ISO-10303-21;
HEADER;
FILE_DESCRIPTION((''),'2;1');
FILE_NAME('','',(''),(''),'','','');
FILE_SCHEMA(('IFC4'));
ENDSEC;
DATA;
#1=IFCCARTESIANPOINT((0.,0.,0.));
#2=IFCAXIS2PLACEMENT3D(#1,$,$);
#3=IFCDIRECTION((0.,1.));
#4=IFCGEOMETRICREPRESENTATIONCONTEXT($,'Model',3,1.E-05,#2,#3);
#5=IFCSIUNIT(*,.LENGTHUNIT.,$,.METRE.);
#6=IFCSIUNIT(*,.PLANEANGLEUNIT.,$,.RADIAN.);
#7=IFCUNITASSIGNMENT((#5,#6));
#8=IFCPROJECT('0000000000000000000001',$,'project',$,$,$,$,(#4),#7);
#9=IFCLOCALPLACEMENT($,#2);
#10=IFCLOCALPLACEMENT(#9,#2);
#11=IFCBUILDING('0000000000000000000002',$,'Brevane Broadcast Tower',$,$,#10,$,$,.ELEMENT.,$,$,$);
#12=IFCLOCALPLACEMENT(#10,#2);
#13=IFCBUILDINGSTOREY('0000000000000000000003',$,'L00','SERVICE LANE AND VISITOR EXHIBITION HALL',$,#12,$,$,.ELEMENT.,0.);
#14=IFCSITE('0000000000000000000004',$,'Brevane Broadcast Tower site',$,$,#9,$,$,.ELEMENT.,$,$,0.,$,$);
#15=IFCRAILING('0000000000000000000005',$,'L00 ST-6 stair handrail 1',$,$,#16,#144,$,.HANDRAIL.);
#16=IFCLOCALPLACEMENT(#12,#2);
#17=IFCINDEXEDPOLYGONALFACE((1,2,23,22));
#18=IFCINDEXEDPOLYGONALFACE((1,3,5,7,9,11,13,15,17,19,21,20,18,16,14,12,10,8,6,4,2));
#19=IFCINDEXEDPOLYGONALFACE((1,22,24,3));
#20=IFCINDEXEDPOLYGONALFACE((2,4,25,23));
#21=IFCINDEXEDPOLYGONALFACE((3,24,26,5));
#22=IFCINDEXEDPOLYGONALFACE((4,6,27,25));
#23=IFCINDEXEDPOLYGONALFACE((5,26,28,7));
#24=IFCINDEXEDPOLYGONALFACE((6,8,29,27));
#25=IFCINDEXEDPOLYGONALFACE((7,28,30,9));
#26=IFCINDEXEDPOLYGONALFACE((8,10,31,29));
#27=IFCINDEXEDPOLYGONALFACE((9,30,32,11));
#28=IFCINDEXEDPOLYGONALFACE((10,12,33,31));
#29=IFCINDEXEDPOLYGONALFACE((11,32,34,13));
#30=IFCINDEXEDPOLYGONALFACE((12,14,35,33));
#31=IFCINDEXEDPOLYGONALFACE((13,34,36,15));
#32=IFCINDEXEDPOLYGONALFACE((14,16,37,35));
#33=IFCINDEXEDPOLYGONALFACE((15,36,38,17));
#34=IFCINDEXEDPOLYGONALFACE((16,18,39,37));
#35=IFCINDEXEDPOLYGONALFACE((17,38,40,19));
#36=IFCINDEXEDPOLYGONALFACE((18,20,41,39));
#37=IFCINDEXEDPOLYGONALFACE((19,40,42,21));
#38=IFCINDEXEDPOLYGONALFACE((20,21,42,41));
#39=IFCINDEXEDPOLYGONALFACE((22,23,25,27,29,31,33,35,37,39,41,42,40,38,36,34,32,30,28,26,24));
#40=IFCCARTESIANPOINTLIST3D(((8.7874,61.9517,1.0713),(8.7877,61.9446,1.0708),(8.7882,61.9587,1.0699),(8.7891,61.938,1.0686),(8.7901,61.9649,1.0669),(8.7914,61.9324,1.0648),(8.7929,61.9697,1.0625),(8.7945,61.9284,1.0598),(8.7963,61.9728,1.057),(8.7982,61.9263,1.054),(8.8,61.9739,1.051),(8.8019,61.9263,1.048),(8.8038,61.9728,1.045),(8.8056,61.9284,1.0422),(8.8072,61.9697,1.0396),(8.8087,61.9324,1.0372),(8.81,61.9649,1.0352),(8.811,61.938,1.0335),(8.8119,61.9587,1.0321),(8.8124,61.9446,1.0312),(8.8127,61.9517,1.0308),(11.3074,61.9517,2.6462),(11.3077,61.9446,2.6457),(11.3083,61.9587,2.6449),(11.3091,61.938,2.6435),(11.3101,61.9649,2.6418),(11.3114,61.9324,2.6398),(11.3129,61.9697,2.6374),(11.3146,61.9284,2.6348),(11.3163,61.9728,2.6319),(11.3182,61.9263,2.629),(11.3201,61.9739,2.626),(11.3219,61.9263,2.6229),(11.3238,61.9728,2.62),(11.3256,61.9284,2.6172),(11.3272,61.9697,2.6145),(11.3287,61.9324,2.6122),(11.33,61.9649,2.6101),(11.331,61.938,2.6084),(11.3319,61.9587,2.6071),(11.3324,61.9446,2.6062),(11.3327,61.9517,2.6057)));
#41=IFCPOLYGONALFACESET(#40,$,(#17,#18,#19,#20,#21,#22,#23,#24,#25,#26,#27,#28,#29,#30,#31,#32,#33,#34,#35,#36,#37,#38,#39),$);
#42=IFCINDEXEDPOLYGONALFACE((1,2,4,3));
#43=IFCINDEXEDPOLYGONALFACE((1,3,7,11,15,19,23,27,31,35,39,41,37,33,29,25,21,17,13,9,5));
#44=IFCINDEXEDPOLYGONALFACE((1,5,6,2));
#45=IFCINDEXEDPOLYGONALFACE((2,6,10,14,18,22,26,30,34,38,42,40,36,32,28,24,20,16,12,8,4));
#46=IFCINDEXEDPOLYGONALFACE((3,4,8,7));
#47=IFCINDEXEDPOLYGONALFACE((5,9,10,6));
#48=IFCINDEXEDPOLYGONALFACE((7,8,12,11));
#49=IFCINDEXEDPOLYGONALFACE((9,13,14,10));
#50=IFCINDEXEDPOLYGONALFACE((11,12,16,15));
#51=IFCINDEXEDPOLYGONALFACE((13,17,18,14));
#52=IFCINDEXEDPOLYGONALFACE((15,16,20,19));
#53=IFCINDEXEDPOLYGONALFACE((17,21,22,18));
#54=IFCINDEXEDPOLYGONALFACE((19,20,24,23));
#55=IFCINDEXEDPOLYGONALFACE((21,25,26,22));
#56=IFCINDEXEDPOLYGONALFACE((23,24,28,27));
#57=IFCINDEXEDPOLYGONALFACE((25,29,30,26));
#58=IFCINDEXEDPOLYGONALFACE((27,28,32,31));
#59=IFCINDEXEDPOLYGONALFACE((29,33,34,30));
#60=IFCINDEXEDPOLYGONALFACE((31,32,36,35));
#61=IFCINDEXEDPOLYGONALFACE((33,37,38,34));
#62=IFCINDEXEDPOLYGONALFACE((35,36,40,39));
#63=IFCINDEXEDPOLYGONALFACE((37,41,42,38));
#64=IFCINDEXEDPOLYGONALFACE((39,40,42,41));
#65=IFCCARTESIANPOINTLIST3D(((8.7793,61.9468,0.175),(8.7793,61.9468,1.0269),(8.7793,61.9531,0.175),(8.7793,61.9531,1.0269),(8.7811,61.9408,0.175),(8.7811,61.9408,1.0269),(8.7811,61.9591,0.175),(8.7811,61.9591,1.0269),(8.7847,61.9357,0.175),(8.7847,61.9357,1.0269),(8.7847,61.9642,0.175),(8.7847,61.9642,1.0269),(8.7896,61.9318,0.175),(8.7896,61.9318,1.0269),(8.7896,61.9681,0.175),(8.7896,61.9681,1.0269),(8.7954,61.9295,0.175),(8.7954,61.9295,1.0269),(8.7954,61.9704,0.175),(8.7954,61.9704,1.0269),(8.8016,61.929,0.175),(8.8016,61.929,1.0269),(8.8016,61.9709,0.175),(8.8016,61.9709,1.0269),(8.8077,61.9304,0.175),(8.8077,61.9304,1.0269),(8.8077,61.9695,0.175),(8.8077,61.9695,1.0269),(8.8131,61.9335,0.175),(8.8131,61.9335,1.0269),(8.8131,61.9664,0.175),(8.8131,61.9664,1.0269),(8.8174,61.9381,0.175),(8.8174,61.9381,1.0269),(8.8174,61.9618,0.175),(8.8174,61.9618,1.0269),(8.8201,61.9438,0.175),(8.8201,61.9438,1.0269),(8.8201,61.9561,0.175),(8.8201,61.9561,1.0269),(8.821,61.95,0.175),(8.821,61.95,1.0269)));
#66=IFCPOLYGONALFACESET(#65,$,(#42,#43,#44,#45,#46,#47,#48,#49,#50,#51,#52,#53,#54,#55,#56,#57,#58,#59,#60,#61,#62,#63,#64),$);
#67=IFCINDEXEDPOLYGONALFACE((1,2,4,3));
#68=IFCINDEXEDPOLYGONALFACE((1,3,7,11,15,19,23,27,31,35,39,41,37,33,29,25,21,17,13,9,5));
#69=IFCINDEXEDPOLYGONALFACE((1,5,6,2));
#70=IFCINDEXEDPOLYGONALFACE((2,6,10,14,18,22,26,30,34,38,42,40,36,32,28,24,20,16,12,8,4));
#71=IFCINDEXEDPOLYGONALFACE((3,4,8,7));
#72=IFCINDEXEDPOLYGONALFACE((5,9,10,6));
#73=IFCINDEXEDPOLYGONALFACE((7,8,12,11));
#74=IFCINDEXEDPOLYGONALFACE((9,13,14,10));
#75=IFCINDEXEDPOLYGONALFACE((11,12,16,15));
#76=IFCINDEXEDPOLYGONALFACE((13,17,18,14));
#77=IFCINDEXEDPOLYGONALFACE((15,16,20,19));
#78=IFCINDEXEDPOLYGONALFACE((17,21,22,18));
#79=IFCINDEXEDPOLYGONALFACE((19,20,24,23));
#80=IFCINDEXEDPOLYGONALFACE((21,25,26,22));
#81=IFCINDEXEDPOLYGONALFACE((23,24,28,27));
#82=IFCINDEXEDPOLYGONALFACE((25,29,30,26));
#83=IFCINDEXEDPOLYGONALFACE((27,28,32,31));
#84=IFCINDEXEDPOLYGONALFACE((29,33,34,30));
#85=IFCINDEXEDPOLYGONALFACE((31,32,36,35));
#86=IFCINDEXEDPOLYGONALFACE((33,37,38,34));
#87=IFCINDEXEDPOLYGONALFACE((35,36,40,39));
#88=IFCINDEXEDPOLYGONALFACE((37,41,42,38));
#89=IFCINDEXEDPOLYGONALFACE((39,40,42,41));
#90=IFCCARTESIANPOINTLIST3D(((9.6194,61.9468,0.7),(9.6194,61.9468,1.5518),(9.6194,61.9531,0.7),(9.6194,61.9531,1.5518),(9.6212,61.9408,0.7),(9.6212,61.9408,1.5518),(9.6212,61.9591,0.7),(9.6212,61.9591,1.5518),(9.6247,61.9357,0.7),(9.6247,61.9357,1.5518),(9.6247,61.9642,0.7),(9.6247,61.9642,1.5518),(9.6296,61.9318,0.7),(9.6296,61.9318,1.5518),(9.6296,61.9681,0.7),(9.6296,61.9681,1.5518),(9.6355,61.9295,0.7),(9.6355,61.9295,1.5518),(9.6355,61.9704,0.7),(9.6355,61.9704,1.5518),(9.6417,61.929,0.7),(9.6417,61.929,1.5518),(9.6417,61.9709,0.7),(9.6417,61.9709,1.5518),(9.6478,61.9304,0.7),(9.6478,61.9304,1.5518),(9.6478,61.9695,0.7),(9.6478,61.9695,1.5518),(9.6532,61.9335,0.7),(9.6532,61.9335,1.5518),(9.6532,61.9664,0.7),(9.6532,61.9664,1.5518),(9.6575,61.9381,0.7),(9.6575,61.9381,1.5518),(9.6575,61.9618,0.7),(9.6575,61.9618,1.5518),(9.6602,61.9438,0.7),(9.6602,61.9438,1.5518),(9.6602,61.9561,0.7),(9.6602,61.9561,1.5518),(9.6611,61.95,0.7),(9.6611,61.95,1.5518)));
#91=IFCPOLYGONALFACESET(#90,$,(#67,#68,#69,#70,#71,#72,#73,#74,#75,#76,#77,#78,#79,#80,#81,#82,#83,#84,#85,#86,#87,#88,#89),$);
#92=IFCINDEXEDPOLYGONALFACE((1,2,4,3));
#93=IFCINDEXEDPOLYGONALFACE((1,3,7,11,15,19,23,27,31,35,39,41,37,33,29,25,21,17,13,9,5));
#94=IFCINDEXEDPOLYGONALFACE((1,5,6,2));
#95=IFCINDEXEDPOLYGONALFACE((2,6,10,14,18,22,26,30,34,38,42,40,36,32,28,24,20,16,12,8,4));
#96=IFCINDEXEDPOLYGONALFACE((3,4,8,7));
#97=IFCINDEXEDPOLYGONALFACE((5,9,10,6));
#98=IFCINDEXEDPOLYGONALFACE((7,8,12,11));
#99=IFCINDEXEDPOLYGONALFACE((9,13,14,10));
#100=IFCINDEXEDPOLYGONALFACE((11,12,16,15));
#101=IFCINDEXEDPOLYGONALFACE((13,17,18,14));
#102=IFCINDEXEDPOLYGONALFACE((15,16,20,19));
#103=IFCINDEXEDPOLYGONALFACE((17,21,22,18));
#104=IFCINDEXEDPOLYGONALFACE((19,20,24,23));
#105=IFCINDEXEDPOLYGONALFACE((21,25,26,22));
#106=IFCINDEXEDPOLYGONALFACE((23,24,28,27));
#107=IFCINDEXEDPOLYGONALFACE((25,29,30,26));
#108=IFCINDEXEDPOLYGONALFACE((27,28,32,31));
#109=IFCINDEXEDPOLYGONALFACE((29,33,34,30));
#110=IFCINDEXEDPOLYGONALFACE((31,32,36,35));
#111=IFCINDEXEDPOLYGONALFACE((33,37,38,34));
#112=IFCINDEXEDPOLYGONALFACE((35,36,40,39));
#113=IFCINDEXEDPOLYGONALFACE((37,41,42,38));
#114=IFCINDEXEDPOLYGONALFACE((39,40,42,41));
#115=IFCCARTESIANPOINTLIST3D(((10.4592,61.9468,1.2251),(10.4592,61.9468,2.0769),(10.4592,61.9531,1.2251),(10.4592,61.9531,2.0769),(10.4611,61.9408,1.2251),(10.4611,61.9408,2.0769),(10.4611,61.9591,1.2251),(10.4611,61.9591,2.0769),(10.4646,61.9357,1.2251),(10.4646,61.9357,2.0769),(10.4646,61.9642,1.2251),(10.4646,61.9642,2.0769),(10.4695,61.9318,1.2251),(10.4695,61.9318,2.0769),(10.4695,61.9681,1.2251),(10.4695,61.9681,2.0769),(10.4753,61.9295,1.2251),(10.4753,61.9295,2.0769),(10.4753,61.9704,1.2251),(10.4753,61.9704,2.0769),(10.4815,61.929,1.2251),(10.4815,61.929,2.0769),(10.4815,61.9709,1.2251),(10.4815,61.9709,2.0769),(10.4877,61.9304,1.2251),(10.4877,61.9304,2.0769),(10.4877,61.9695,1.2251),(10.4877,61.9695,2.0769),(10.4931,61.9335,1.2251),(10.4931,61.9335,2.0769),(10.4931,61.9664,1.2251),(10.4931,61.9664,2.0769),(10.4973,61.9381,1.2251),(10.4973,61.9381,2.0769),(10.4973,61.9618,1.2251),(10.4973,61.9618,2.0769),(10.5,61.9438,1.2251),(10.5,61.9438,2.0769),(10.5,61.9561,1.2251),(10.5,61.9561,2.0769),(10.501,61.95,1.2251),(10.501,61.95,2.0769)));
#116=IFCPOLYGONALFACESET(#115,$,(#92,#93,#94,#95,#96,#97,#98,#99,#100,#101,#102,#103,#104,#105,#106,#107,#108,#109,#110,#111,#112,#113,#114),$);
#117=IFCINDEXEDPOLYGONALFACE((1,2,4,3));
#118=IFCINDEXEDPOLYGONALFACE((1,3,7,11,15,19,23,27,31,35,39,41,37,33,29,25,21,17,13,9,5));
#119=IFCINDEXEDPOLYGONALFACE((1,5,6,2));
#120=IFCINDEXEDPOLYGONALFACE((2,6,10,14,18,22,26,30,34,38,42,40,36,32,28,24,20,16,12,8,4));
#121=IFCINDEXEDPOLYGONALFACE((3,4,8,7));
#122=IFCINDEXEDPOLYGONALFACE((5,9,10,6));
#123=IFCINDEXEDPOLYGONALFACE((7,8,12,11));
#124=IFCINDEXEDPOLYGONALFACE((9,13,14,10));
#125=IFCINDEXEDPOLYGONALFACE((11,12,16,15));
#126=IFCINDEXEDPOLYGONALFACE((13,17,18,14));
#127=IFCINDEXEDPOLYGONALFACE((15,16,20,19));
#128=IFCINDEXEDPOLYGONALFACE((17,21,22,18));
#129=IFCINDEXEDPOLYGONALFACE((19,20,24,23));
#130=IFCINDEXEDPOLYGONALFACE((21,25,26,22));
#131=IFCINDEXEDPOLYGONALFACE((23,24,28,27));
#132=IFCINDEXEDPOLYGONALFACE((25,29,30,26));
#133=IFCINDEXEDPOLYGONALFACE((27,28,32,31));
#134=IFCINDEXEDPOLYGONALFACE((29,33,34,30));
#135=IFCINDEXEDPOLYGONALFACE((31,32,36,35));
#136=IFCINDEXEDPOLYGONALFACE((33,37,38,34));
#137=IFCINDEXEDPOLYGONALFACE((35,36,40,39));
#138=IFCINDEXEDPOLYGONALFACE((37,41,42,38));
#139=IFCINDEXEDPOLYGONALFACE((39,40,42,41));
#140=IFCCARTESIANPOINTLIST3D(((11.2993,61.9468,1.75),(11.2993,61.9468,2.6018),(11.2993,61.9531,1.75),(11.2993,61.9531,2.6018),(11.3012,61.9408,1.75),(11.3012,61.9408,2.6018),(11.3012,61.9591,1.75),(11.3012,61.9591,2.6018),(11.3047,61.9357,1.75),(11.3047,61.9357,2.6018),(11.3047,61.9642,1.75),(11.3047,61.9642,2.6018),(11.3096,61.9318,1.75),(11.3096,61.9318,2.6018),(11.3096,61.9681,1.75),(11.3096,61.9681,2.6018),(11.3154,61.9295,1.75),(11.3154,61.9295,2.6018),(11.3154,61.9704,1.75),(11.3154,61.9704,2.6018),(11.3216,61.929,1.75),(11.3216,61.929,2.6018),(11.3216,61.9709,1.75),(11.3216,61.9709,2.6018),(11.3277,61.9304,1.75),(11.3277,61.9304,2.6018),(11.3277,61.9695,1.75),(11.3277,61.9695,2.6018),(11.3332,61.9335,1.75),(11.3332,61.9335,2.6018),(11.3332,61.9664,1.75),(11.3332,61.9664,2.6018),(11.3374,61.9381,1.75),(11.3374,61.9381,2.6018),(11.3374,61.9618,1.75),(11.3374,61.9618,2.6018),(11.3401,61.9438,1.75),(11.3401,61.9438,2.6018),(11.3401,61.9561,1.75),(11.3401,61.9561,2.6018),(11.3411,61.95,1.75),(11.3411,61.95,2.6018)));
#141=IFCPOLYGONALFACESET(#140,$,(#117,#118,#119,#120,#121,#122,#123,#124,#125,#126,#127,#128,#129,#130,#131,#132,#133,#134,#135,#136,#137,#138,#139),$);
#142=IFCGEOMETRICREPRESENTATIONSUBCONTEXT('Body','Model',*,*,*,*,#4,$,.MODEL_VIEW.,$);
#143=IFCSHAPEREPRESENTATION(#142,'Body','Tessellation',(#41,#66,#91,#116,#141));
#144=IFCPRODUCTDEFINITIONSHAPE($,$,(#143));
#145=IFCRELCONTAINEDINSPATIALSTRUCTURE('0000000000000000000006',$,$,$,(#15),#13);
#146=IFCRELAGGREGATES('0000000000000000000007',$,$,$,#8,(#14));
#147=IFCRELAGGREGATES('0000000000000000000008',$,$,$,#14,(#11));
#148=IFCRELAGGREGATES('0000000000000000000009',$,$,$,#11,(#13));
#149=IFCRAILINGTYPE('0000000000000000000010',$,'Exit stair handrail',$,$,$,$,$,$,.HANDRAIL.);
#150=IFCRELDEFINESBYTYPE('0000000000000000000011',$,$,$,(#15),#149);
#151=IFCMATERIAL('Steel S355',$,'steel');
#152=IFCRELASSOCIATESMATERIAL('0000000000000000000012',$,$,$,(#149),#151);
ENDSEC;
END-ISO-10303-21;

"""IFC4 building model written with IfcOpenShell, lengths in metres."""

from ifc_helpers import new_model, si_unit, direction, frame, origin, origin_2d, place, context, subcontext, project, spatial, circle, extrude, material, type_object, element, save


model = new_model("IFC4")

# Units and contexts
model_context = context("Model", 3, precision=1e-05, world=origin(), true_north=direction((0.0, 1.0)))
body_context = subcontext(model_context, "Body", "Model", "MODEL_VIEW")
ifc_project = project(units=[si_unit("LENGTHUNIT", "METRE"), si_unit("PLANEANGLEUNIT", "RADIAN")], contexts=[model_context])

# Site, building, storey
site_placement = place(None, origin())
site = spatial("IfcSite", under=ifc_project, at=site_placement, Name="Brevane Broadcast Tower site", CompositionType="ELEMENT", RefElevation=0.0)
building_placement = place(site_placement, origin())
building = spatial("IfcBuilding", under=site, at=building_placement, Name="Brevane Broadcast Tower", CompositionType="ELEMENT")
storey_placement = place(building_placement, origin())
storey = spatial("IfcBuildingStorey", under=building, at=storey_placement, Name="L00", Description="SERVICE LANE AND VISITOR EXHIBITION HALL", CompositionType="ELEMENT", Elevation=0.0)

# Railing
ifc_material_1 = material(Name="Steel S355", Category="steel")
railing_type = type_object("IfcRailingType", Name="Exit stair handrail", PredefinedType="HANDRAIL", material=ifc_material_1)
for number, where, name in (
    (1, (8.8, 61.95, 0.175), "L00 ST-6 stair handrail 1"),
):
    element("IfcRailing", number, at=place(storey_placement, frame(where)), inside=storey, type_object=railing_type, Name=name, PredefinedType="HANDRAIL", context=body_context, shape_type="SweptSolid", body=[
        extrude(circle(Radius=0.0239, at=origin_2d()), frame((0.0, 0.0, 0.876), z_axis=(0.848008, 0.0, 0.529984), x_axis=(0.0, 1.0, 0.0)), (0.0, 0.0, 1.0), 2.9717),
        extrude(circle(Radius=0.021, at=origin_2d()), origin(), (0.0, 0.0, 1.0), 0.8518),
        extrude(circle(Radius=0.021, at=origin_2d()), frame((0.8401, 0.0, 0.5249)), (0.0, 0.0, 1.0), 0.8518),
        extrude(circle(Radius=0.021, at=origin_2d()), frame((1.6799, 0.0, 1.05)), (0.0, 0.0, 1.0), 0.8518),
        extrude(circle(Radius=0.021, at=origin_2d()), frame((2.52, 0.0, 1.575)), (0.0, 0.0, 1.0), 0.8518),
    ])

save(model, "model.ifc")
